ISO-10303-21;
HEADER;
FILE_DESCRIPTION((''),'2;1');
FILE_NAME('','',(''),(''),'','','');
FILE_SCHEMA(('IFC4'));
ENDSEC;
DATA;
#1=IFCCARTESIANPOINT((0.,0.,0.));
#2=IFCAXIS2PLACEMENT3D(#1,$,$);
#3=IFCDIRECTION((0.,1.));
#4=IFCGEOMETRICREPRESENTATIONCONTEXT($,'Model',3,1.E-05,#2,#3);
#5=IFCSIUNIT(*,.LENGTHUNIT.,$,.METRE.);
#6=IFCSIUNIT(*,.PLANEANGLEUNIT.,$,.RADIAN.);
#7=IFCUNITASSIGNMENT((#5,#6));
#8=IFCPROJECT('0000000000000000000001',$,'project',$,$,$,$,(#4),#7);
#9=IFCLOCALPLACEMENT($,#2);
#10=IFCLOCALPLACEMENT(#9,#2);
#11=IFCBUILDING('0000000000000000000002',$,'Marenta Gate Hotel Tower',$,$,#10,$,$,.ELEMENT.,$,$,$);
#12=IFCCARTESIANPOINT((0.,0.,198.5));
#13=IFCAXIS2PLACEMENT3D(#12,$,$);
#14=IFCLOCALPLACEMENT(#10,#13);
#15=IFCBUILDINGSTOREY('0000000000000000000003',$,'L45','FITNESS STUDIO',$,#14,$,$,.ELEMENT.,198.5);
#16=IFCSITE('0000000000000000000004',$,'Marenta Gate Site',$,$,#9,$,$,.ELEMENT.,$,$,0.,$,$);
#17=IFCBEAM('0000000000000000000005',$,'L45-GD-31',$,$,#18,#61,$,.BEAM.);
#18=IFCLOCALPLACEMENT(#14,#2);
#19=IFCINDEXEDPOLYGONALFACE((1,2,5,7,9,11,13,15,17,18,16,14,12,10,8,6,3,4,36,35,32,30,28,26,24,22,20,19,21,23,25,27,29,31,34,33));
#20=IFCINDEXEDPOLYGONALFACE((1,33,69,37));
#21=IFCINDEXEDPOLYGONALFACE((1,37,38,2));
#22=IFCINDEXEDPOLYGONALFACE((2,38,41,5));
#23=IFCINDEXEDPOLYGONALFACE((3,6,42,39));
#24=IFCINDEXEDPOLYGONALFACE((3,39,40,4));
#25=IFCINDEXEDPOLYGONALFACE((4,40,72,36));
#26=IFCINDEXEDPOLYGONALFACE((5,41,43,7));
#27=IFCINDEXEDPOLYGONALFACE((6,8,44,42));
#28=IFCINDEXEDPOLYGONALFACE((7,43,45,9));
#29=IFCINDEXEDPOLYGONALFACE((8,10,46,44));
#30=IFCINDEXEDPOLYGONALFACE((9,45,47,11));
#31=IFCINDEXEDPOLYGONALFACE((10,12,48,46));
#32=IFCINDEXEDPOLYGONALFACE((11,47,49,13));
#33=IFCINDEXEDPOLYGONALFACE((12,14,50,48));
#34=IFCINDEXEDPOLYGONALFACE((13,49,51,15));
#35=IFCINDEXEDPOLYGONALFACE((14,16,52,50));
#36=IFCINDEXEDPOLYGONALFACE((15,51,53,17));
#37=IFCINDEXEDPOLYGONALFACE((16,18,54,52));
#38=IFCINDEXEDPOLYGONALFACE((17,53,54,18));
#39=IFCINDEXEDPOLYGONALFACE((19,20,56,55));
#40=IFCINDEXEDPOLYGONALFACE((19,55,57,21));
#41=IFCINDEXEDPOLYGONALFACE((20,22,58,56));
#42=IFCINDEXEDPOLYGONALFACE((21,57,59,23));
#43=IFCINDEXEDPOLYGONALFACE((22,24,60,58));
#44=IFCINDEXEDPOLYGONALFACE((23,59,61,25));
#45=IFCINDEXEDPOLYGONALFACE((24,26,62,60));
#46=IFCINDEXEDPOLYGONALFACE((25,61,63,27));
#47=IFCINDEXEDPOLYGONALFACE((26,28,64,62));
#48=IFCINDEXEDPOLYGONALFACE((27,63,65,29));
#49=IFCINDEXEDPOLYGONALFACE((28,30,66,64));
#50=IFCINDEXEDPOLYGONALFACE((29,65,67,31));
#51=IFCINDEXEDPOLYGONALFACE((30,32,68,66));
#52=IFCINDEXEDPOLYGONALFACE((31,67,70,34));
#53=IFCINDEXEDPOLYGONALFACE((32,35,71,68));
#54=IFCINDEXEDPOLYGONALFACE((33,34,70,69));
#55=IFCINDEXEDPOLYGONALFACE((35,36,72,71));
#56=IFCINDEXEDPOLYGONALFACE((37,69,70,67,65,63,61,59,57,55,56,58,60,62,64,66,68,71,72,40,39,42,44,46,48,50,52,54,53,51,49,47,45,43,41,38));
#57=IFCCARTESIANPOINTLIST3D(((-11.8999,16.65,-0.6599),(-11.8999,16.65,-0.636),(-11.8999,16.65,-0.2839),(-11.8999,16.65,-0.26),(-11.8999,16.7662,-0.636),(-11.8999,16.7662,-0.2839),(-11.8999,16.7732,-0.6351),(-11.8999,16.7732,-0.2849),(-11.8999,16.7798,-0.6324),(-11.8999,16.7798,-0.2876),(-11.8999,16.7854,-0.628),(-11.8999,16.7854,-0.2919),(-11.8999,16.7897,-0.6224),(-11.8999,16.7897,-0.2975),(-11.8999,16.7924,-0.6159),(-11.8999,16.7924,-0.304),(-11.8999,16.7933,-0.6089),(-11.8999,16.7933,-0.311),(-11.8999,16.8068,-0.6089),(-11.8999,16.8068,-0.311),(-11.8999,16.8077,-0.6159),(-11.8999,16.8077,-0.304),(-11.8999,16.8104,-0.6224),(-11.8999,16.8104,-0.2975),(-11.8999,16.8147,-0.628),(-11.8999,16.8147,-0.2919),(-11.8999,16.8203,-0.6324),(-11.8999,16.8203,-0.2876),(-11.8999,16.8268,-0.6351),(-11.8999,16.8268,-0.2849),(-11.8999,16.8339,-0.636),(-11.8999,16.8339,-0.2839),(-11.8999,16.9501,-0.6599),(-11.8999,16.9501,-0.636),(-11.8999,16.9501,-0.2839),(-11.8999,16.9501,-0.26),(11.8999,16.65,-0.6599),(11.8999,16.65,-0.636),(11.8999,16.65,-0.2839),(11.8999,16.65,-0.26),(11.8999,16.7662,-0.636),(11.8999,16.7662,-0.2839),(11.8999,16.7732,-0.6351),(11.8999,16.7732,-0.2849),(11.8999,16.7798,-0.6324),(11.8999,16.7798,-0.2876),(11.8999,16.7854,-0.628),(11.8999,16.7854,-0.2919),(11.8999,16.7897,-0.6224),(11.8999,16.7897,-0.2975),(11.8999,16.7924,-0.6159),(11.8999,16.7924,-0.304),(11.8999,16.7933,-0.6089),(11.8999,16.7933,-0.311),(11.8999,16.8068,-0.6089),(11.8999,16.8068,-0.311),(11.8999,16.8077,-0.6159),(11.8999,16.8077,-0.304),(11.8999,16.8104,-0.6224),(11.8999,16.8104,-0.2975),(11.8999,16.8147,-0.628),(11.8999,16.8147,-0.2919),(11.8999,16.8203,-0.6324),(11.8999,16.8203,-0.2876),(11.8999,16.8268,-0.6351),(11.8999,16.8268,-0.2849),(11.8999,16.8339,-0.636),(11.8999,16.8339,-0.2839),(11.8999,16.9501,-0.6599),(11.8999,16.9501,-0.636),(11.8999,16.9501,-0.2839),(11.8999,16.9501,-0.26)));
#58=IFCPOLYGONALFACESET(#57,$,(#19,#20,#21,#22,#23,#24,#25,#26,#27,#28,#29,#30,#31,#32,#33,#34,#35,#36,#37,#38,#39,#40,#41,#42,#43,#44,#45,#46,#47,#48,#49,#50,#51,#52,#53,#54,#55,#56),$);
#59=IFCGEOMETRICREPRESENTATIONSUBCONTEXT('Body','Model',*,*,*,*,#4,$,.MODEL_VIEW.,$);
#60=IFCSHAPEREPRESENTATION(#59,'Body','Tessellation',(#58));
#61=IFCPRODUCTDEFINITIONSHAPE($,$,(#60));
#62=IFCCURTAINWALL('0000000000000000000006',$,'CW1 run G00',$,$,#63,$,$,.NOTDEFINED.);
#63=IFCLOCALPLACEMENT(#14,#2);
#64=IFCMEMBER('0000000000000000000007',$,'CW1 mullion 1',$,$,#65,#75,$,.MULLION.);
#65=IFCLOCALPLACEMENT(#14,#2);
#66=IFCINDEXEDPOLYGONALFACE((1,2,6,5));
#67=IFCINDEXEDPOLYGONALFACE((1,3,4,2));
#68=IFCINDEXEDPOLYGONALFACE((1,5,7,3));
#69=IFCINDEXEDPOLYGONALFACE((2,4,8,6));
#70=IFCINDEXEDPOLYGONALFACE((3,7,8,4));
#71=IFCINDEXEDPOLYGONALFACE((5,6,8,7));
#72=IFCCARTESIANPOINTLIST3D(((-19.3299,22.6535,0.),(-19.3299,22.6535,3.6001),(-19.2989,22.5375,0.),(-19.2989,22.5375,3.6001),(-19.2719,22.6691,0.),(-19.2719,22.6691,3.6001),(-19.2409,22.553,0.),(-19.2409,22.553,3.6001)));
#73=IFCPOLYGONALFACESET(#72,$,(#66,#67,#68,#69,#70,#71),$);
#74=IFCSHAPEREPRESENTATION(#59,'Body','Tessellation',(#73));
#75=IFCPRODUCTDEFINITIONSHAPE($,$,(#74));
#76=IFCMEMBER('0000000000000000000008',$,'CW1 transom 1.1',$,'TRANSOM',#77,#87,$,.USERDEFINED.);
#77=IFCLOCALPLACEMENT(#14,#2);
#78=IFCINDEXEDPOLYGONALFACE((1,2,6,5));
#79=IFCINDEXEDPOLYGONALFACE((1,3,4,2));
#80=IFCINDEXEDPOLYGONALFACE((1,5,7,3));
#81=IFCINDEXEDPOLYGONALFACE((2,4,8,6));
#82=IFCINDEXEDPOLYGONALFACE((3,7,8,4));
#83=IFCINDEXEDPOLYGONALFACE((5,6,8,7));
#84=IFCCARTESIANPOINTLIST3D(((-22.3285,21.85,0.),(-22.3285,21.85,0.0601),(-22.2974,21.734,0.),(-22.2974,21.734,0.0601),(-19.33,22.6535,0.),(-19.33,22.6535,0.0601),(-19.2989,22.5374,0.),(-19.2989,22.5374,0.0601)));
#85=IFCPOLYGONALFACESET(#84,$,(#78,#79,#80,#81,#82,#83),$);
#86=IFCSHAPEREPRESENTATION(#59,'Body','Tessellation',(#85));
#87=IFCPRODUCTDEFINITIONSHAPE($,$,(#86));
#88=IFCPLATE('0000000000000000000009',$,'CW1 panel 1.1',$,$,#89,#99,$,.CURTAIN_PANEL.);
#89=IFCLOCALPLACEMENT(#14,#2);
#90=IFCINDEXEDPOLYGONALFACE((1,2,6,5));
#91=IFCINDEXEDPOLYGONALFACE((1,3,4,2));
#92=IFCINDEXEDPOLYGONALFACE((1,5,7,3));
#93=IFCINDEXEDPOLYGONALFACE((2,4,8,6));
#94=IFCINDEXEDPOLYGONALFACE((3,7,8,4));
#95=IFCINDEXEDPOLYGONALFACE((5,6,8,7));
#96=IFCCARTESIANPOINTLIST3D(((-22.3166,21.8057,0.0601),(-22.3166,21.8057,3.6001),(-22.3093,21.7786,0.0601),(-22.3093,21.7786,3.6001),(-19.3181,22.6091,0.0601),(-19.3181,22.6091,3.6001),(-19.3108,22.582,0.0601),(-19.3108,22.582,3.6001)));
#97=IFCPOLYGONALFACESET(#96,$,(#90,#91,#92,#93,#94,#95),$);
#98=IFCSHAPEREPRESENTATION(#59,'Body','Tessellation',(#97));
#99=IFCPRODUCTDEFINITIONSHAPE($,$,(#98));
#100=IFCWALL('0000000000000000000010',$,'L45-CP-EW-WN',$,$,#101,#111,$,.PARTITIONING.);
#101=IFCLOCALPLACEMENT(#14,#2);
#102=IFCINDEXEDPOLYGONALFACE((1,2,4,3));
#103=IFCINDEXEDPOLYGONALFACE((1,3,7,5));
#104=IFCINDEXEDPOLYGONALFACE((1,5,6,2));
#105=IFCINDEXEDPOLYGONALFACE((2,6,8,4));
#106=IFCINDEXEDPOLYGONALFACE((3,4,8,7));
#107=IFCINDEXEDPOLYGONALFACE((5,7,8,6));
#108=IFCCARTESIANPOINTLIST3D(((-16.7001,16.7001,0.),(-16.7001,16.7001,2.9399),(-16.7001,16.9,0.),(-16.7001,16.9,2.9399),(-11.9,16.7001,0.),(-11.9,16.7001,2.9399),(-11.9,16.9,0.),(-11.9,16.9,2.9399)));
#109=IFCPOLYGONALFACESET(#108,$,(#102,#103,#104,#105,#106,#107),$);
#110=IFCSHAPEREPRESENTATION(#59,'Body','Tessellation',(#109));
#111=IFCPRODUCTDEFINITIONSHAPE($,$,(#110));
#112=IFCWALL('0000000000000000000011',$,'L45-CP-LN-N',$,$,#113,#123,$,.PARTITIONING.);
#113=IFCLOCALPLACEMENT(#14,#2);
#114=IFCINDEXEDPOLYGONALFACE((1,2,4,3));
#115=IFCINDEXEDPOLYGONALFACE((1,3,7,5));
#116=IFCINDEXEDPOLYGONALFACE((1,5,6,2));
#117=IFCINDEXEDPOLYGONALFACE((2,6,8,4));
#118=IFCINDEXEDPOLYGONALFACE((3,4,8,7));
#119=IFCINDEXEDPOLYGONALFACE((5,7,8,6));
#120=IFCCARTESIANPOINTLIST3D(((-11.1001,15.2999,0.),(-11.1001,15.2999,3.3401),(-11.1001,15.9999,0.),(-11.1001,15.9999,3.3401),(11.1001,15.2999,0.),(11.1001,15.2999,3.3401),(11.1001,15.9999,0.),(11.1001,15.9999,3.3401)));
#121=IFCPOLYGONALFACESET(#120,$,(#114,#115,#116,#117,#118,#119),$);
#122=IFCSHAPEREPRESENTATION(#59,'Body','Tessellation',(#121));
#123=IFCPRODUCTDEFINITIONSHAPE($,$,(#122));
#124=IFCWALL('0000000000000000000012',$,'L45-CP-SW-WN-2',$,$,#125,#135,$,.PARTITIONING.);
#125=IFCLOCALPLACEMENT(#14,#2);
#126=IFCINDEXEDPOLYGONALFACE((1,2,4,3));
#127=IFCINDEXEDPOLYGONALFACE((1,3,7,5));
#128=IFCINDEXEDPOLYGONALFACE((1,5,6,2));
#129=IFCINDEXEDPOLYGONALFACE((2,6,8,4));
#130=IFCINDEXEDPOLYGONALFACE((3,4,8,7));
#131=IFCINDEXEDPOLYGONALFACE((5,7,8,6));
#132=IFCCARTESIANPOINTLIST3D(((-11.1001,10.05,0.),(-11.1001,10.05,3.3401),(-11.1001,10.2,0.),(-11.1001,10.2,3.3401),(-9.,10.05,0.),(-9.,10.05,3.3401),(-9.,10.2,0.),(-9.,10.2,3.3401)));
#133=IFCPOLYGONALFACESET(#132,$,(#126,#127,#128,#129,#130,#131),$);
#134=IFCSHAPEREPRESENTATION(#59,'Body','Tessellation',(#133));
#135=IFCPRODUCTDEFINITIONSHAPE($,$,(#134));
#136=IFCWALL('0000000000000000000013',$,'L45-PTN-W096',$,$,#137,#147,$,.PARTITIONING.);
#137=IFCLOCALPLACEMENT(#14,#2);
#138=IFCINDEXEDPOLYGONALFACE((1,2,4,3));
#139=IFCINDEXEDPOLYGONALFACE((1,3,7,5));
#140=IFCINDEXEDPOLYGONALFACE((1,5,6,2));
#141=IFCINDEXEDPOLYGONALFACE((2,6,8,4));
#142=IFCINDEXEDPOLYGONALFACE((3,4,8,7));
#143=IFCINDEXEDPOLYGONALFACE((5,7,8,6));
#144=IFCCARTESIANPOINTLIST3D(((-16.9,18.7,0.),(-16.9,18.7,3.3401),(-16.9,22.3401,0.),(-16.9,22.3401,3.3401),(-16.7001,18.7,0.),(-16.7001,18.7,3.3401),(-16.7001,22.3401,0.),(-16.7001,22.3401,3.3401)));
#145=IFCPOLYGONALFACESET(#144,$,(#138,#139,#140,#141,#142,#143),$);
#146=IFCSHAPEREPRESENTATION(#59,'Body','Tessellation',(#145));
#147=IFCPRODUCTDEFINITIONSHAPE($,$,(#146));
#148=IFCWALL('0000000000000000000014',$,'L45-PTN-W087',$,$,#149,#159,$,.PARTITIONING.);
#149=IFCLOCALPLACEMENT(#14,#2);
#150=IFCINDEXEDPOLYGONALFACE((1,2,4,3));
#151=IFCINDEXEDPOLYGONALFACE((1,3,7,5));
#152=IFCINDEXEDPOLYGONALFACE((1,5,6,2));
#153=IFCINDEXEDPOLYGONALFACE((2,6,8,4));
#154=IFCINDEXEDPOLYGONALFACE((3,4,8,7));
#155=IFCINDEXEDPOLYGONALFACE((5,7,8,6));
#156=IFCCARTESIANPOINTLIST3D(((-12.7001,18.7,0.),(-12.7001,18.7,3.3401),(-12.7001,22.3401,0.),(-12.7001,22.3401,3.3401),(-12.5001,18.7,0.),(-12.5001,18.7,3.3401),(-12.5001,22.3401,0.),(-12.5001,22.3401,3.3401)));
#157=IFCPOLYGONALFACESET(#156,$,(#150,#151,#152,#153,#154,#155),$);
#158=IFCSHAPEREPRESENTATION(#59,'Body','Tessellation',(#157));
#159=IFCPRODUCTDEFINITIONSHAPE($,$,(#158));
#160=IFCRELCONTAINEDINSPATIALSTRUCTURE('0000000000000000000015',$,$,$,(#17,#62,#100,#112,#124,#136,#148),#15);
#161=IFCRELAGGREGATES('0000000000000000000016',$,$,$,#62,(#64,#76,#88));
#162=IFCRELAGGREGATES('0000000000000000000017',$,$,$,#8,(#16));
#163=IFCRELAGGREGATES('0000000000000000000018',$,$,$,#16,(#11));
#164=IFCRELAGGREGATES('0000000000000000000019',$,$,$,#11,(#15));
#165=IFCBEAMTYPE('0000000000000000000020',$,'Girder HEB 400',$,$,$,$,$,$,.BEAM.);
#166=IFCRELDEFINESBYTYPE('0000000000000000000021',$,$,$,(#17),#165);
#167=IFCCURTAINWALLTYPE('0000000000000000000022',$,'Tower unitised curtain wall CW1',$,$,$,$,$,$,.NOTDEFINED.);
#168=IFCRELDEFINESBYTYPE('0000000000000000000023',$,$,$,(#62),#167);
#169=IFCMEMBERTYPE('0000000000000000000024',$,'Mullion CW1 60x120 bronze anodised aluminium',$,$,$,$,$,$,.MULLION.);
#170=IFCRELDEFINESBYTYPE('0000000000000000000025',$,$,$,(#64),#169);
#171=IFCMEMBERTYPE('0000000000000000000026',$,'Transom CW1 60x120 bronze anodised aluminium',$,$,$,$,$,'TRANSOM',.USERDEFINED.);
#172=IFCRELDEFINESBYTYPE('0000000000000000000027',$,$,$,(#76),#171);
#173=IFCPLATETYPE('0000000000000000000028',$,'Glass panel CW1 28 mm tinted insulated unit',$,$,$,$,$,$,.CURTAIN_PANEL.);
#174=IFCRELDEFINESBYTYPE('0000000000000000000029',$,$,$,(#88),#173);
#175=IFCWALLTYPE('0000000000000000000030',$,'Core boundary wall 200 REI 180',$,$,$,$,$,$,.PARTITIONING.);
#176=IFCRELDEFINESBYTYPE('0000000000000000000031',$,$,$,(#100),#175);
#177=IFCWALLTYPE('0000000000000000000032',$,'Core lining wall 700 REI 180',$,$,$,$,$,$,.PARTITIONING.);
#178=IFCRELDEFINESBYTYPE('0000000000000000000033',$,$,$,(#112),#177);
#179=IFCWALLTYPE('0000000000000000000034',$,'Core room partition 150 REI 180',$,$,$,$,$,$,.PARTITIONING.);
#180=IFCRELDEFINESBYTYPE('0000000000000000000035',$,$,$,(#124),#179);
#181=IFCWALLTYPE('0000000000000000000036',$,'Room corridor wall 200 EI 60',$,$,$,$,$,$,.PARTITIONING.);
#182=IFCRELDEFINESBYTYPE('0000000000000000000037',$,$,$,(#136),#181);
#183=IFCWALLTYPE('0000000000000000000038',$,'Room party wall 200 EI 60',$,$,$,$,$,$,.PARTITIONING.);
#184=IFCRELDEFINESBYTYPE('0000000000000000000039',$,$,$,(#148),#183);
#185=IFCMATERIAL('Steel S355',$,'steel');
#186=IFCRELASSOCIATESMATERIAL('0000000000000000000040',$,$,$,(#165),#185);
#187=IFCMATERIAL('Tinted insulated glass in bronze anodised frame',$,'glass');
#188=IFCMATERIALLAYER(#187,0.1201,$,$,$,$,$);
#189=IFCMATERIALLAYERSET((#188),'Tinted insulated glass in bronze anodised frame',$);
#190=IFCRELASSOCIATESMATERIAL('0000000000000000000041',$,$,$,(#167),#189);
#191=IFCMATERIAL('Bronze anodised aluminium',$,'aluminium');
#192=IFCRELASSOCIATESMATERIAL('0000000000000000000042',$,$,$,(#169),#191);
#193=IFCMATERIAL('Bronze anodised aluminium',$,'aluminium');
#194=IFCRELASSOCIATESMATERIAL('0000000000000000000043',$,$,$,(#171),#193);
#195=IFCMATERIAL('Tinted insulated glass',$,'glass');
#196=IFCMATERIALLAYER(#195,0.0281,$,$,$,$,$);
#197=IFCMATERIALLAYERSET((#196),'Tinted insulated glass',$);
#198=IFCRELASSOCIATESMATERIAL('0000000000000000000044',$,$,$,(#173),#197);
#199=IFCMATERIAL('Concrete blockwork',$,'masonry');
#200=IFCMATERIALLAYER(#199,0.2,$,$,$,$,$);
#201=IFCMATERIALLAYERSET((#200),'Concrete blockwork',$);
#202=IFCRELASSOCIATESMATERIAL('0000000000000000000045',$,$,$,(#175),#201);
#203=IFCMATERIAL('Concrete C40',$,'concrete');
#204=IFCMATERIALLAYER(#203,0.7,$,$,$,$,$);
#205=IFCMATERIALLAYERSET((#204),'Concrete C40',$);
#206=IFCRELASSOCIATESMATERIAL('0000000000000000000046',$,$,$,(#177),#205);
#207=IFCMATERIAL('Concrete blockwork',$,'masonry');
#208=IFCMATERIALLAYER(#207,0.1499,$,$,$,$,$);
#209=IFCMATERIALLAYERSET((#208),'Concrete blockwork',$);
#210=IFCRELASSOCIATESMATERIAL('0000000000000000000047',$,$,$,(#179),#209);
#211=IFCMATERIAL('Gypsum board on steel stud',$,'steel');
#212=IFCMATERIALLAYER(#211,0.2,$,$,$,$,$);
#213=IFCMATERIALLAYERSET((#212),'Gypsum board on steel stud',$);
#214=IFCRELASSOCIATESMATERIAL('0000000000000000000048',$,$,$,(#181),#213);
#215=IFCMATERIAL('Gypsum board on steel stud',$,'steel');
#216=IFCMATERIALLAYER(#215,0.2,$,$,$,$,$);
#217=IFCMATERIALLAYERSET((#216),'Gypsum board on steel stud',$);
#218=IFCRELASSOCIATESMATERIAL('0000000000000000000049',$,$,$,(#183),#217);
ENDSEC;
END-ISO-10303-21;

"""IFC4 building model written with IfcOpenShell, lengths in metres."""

from ifc_helpers import new_model, si_unit, direction, frame, frame_2d, origin, origin_2d, place, context, subcontext, project, spatial, rectangle, i_section, extrude, material, layer, layer_set, material_profile, profile_set, type_object, element, aggregate, save


model = new_model("IFC4")

# Units and contexts
model_context = context("Model", 3, precision=1e-05, world=origin(), true_north=direction((0.0, 1.0)))
body_context = subcontext(model_context, "Body", "Model", "MODEL_VIEW")
ifc_project = project(units=[si_unit("LENGTHUNIT", "METRE"), si_unit("PLANEANGLEUNIT", "RADIAN")], contexts=[model_context])

# Site, building, storey
site_placement = place(None, origin())
site = spatial("IfcSite", under=ifc_project, at=site_placement, Name="Marenta Gate Site", CompositionType="ELEMENT", RefElevation=0.0)
building_placement = place(site_placement, origin())
building = spatial("IfcBuilding", under=site, at=building_placement, Name="Marenta Gate Hotel Tower", CompositionType="ELEMENT")
storey_placement = place(building_placement, frame((0.0, 0.0, 198.5)))
storey = spatial("IfcBuildingStorey", under=building, at=storey_placement, Name="L45", Description="FITNESS STUDIO", CompositionType="ELEMENT", Elevation=198.5)

# Beam
ifc_material_1 = material(Name="Steel S355", Category="steel")
ifc_material_profile_1 = material_profile(ifc_material_1, i_section(OverallWidth=0.3, OverallDepth=0.3999, WebThickness=0.0134, FlangeThickness=0.0239, FilletRadius=0.0271, at=origin_2d()), Name="HEB 400")
ifc_profile_set_1 = profile_set([ifc_material_profile_1], Name="Steel S355")
beam_type_1 = type_object("IfcBeamType", Name="Girder HEB 400", PredefinedType="BEAM", material=ifc_profile_set_1)
beam_1_placement = place(storey_placement, frame((-11.8999, 16.8, -0.46), z_axis=(1.0, 0.0, 0.0), x_axis=(0.0, 1.0, 0.0)))
element("IfcBeam", 1, at=beam_1_placement, inside=storey, type_object=beam_type_1, Name="L45-GD-31", PredefinedType="BEAM", context=body_context, shape_type="SweptSolid", body=[
    extrude(i_section(OverallWidth=0.3, OverallDepth=0.3999, WebThickness=0.0134, FlangeThickness=0.0239, FilletRadius=0.0271, at=origin_2d()), origin(), (0.0, 0.0, 1.0), 23.7998),
])

# Curtain wall, members, plate
ifc_material_2 = material(Name="Tinted insulated glass in bronze anodised frame", Category="glass")
ifc_layer_1 = layer(ifc_material_2, 0.1201)
ifc_layer_set_1 = layer_set([ifc_layer_1], Name="Tinted insulated glass in bronze anodised frame")
curtain_wall_type = type_object("IfcCurtainWallType", Name="Tower unitised curtain wall CW1", PredefinedType="NOTDEFINED", material=ifc_layer_set_1)
curtain_wall_placement = place(storey_placement, origin())
curtain_wall = element("IfcCurtainWall", 2, at=curtain_wall_placement, inside=storey, type_object=curtain_wall_type, Name="CW1 run G00", PredefinedType="NOTDEFINED")
ifc_material_3 = material(Name="Bronze anodised aluminium", Category="aluminium")
ifc_material_profile_2 = material_profile(ifc_material_3, rectangle(XDim=0.1201, YDim=0.0601, at=origin_2d()), Name="Mullion CW1 60x120 bronze anodised aluminium")
ifc_profile_set_2 = profile_set([ifc_material_profile_2], Name="Bronze anodised aluminium")
member_type_1 = type_object("IfcMemberType", Name="Mullion CW1 60x120 bronze anodised aluminium", PredefinedType="MULLION", material=ifc_profile_set_2)
member_1_placement = place(storey_placement, frame((-19.2854, 22.6033, 0.0), z_axis=(0.0, 0.0, 1.0), x_axis=(0.258801, -0.965931, 0.0)))
member_1 = element("IfcMember", 3, at=member_1_placement, type_object=member_type_1, Name="CW1 mullion 1", PredefinedType="MULLION", context=body_context, shape_type="SweptSolid", body=[
    extrude(rectangle(XDim=0.1201, YDim=0.0601, at=origin_2d()), origin(), (0.0, 0.0, 1.0), 3.6001),
])
ifc_material_4 = material(Name="Bronze anodised aluminium", Category="aluminium")
ifc_material_profile_3 = material_profile(ifc_material_4, rectangle(XDim=0.1201, YDim=0.0601, at=origin_2d()), Name="Transom CW1 60x120 bronze anodised aluminium")
ifc_profile_set_3 = profile_set([ifc_material_profile_3], Name="Bronze anodised aluminium")
member_type_2 = type_object("IfcMemberType", Name="Transom CW1 60x120 bronze anodised aluminium", ElementType="TRANSOM", PredefinedType="USERDEFINED", material=ifc_profile_set_3)
member_2_placement = place(storey_placement, frame((-19.3145, 22.5955, 0.03), z_axis=(-0.965925, -0.258823, 0.0), x_axis=(0.258823, -0.965925, 0.0)))
member_2 = element("IfcMember", 4, at=member_2_placement, type_object=member_type_2, Name="CW1 transom 1.1", ObjectType="TRANSOM", PredefinedType="USERDEFINED", context=body_context, shape_type="SweptSolid", body=[
    extrude(rectangle(XDim=0.1201, YDim=0.0601, at=origin_2d()), origin(), (0.0, 0.0, 1.0), 3.1042),
])
ifc_material_5 = material(Name="Tinted insulated glass", Category="glass")
ifc_layer_2 = layer(ifc_material_5, 0.0281)
ifc_layer_set_2 = layer_set([ifc_layer_2], Name="Tinted insulated glass")
plate_type = type_object("IfcPlateType", Name="Glass panel CW1 28 mm tinted insulated unit", PredefinedType="CURTAIN_PANEL", material=ifc_layer_set_2)
plate_placement = place(storey_placement, frame((-20.8137, 22.1938, 0.0601), z_axis=(0.0, 0.0, 1.0), x_axis=(-0.965931, -0.258801, 0.0)))
plate = element("IfcPlate", 5, at=plate_placement, type_object=plate_type, Name="CW1 panel 1.1", PredefinedType="CURTAIN_PANEL", context=body_context, shape_type="SweptSolid", body=[
    extrude(rectangle(XDim=3.1042, YDim=0.0281, at=origin_2d()), origin(), (0.0, 0.0, 1.0), 3.54),
])
aggregate(curtain_wall, [member_1, member_2, plate])

# Walls
ifc_material_6 = material(Name="Concrete blockwork", Category="masonry")
ifc_layer_3 = layer(ifc_material_6, 0.2)
ifc_layer_set_3 = layer_set([ifc_layer_3], Name="Concrete blockwork")
wall_type_1 = type_object("IfcWallType", Name="Core boundary wall 200 REI 180", PredefinedType="PARTITIONING", material=ifc_layer_set_3)
wall_1_placement = place(storey_placement, frame((-16.7, 16.8, 0.0), z_axis=(0.0, 0.0, 1.0), x_axis=(1.0, 0.0, 0.0)))
element("IfcWall", 6, at=wall_1_placement, inside=storey, type_object=wall_type_1, Name="L45-CP-EW-WN", PredefinedType="PARTITIONING", context=body_context, shape_type="SweptSolid", body=[
    extrude(rectangle(XDim=4.8, YDim=0.2, at=frame_2d((2.3999, 0.0))), origin(), (0.0, 0.0, 1.0), 2.9399),
])
ifc_material_7 = material(Name="Concrete C40", Category="concrete")
ifc_layer_4 = layer(ifc_material_7, 0.7)
ifc_layer_set_4 = layer_set([ifc_layer_4], Name="Concrete C40")
wall_type_2 = type_object("IfcWallType", Name="Core lining wall 700 REI 180", PredefinedType="PARTITIONING", material=ifc_layer_set_4)
wall_2_placement = place(storey_placement, frame((-11.1001, 15.6499, 0.0), z_axis=(0.0, 0.0, 1.0), x_axis=(1.0, 0.0, 0.0)))
element("IfcWall", 7, at=wall_2_placement, inside=storey, type_object=wall_type_2, Name="L45-CP-LN-N", PredefinedType="PARTITIONING", context=body_context, shape_type="SweptSolid", body=[
    extrude(rectangle(XDim=22.2002, YDim=0.7, at=frame_2d((11.1001, 0.0))), origin(), (0.0, 0.0, 1.0), 3.3401),
])
ifc_material_8 = material(Name="Concrete blockwork", Category="masonry")
ifc_layer_5 = layer(ifc_material_8, 0.1499)
ifc_layer_set_5 = layer_set([ifc_layer_5], Name="Concrete blockwork")
wall_type_3 = type_object("IfcWallType", Name="Core room partition 150 REI 180", PredefinedType="PARTITIONING", material=ifc_layer_set_5)
wall_3_placement = place(storey_placement, frame((-11.1001, 10.125, 0.0), z_axis=(0.0, 0.0, 1.0), x_axis=(1.0, 0.0, 0.0)))
element("IfcWall", 8, at=wall_3_placement, inside=storey, type_object=wall_type_3, Name="L45-CP-SW-WN-2", PredefinedType="PARTITIONING", context=body_context, shape_type="SweptSolid", body=[
    extrude(rectangle(XDim=2.1001, YDim=0.1499, at=frame_2d((1.05, 0.0))), origin(), (0.0, 0.0, 1.0), 3.3401),
])
ifc_material_9 = material(Name="Gypsum board on steel stud", Category="steel")
ifc_layer_6 = layer(ifc_material_9, 0.2)
ifc_layer_set_6 = layer_set([ifc_layer_6], Name="Gypsum board on steel stud")
wall_type_4 = type_object("IfcWallType", Name="Room corridor wall 200 EI 60", PredefinedType="PARTITIONING", material=ifc_layer_set_6)
wall_4_placement = place(storey_placement, frame((-16.8, 18.7, 0.0), z_axis=(0.0, 0.0, 1.0), x_axis=(0.0, 1.0, 0.0)))
element("IfcWall", 9, at=wall_4_placement, inside=storey, type_object=wall_type_4, Name="L45-PTN-W096", PredefinedType="PARTITIONING", context=body_context, shape_type="SweptSolid", body=[
    extrude(rectangle(XDim=3.6401, YDim=0.2, at=frame_2d((1.8201, 0.0))), origin(), (0.0, 0.0, 1.0), 3.3401),
])

# Wall
ifc_material_10 = material(Name="Gypsum board on steel stud", Category="steel")
ifc_layer_7 = layer(ifc_material_10, 0.2)
ifc_layer_set_7 = layer_set([ifc_layer_7], Name="Gypsum board on steel stud")
wall_type_5 = type_object("IfcWallType", Name="Room party wall 200 EI 60", PredefinedType="PARTITIONING", material=ifc_layer_set_7)
wall_5_placement = place(storey_placement, frame((-12.6001, 18.7, 0.0), z_axis=(0.0, 0.0, 1.0), x_axis=(0.0, 1.0, 0.0)))
element("IfcWall", 10, at=wall_5_placement, inside=storey, type_object=wall_type_5, Name="L45-PTN-W087", PredefinedType="PARTITIONING", context=body_context, shape_type="SweptSolid", body=[
    extrude(rectangle(XDim=3.6401, YDim=0.2, at=frame_2d((1.8201, 0.0))), origin(), (0.0, 0.0, 1.0), 3.3401),
])

save(model, "model.ifc")
